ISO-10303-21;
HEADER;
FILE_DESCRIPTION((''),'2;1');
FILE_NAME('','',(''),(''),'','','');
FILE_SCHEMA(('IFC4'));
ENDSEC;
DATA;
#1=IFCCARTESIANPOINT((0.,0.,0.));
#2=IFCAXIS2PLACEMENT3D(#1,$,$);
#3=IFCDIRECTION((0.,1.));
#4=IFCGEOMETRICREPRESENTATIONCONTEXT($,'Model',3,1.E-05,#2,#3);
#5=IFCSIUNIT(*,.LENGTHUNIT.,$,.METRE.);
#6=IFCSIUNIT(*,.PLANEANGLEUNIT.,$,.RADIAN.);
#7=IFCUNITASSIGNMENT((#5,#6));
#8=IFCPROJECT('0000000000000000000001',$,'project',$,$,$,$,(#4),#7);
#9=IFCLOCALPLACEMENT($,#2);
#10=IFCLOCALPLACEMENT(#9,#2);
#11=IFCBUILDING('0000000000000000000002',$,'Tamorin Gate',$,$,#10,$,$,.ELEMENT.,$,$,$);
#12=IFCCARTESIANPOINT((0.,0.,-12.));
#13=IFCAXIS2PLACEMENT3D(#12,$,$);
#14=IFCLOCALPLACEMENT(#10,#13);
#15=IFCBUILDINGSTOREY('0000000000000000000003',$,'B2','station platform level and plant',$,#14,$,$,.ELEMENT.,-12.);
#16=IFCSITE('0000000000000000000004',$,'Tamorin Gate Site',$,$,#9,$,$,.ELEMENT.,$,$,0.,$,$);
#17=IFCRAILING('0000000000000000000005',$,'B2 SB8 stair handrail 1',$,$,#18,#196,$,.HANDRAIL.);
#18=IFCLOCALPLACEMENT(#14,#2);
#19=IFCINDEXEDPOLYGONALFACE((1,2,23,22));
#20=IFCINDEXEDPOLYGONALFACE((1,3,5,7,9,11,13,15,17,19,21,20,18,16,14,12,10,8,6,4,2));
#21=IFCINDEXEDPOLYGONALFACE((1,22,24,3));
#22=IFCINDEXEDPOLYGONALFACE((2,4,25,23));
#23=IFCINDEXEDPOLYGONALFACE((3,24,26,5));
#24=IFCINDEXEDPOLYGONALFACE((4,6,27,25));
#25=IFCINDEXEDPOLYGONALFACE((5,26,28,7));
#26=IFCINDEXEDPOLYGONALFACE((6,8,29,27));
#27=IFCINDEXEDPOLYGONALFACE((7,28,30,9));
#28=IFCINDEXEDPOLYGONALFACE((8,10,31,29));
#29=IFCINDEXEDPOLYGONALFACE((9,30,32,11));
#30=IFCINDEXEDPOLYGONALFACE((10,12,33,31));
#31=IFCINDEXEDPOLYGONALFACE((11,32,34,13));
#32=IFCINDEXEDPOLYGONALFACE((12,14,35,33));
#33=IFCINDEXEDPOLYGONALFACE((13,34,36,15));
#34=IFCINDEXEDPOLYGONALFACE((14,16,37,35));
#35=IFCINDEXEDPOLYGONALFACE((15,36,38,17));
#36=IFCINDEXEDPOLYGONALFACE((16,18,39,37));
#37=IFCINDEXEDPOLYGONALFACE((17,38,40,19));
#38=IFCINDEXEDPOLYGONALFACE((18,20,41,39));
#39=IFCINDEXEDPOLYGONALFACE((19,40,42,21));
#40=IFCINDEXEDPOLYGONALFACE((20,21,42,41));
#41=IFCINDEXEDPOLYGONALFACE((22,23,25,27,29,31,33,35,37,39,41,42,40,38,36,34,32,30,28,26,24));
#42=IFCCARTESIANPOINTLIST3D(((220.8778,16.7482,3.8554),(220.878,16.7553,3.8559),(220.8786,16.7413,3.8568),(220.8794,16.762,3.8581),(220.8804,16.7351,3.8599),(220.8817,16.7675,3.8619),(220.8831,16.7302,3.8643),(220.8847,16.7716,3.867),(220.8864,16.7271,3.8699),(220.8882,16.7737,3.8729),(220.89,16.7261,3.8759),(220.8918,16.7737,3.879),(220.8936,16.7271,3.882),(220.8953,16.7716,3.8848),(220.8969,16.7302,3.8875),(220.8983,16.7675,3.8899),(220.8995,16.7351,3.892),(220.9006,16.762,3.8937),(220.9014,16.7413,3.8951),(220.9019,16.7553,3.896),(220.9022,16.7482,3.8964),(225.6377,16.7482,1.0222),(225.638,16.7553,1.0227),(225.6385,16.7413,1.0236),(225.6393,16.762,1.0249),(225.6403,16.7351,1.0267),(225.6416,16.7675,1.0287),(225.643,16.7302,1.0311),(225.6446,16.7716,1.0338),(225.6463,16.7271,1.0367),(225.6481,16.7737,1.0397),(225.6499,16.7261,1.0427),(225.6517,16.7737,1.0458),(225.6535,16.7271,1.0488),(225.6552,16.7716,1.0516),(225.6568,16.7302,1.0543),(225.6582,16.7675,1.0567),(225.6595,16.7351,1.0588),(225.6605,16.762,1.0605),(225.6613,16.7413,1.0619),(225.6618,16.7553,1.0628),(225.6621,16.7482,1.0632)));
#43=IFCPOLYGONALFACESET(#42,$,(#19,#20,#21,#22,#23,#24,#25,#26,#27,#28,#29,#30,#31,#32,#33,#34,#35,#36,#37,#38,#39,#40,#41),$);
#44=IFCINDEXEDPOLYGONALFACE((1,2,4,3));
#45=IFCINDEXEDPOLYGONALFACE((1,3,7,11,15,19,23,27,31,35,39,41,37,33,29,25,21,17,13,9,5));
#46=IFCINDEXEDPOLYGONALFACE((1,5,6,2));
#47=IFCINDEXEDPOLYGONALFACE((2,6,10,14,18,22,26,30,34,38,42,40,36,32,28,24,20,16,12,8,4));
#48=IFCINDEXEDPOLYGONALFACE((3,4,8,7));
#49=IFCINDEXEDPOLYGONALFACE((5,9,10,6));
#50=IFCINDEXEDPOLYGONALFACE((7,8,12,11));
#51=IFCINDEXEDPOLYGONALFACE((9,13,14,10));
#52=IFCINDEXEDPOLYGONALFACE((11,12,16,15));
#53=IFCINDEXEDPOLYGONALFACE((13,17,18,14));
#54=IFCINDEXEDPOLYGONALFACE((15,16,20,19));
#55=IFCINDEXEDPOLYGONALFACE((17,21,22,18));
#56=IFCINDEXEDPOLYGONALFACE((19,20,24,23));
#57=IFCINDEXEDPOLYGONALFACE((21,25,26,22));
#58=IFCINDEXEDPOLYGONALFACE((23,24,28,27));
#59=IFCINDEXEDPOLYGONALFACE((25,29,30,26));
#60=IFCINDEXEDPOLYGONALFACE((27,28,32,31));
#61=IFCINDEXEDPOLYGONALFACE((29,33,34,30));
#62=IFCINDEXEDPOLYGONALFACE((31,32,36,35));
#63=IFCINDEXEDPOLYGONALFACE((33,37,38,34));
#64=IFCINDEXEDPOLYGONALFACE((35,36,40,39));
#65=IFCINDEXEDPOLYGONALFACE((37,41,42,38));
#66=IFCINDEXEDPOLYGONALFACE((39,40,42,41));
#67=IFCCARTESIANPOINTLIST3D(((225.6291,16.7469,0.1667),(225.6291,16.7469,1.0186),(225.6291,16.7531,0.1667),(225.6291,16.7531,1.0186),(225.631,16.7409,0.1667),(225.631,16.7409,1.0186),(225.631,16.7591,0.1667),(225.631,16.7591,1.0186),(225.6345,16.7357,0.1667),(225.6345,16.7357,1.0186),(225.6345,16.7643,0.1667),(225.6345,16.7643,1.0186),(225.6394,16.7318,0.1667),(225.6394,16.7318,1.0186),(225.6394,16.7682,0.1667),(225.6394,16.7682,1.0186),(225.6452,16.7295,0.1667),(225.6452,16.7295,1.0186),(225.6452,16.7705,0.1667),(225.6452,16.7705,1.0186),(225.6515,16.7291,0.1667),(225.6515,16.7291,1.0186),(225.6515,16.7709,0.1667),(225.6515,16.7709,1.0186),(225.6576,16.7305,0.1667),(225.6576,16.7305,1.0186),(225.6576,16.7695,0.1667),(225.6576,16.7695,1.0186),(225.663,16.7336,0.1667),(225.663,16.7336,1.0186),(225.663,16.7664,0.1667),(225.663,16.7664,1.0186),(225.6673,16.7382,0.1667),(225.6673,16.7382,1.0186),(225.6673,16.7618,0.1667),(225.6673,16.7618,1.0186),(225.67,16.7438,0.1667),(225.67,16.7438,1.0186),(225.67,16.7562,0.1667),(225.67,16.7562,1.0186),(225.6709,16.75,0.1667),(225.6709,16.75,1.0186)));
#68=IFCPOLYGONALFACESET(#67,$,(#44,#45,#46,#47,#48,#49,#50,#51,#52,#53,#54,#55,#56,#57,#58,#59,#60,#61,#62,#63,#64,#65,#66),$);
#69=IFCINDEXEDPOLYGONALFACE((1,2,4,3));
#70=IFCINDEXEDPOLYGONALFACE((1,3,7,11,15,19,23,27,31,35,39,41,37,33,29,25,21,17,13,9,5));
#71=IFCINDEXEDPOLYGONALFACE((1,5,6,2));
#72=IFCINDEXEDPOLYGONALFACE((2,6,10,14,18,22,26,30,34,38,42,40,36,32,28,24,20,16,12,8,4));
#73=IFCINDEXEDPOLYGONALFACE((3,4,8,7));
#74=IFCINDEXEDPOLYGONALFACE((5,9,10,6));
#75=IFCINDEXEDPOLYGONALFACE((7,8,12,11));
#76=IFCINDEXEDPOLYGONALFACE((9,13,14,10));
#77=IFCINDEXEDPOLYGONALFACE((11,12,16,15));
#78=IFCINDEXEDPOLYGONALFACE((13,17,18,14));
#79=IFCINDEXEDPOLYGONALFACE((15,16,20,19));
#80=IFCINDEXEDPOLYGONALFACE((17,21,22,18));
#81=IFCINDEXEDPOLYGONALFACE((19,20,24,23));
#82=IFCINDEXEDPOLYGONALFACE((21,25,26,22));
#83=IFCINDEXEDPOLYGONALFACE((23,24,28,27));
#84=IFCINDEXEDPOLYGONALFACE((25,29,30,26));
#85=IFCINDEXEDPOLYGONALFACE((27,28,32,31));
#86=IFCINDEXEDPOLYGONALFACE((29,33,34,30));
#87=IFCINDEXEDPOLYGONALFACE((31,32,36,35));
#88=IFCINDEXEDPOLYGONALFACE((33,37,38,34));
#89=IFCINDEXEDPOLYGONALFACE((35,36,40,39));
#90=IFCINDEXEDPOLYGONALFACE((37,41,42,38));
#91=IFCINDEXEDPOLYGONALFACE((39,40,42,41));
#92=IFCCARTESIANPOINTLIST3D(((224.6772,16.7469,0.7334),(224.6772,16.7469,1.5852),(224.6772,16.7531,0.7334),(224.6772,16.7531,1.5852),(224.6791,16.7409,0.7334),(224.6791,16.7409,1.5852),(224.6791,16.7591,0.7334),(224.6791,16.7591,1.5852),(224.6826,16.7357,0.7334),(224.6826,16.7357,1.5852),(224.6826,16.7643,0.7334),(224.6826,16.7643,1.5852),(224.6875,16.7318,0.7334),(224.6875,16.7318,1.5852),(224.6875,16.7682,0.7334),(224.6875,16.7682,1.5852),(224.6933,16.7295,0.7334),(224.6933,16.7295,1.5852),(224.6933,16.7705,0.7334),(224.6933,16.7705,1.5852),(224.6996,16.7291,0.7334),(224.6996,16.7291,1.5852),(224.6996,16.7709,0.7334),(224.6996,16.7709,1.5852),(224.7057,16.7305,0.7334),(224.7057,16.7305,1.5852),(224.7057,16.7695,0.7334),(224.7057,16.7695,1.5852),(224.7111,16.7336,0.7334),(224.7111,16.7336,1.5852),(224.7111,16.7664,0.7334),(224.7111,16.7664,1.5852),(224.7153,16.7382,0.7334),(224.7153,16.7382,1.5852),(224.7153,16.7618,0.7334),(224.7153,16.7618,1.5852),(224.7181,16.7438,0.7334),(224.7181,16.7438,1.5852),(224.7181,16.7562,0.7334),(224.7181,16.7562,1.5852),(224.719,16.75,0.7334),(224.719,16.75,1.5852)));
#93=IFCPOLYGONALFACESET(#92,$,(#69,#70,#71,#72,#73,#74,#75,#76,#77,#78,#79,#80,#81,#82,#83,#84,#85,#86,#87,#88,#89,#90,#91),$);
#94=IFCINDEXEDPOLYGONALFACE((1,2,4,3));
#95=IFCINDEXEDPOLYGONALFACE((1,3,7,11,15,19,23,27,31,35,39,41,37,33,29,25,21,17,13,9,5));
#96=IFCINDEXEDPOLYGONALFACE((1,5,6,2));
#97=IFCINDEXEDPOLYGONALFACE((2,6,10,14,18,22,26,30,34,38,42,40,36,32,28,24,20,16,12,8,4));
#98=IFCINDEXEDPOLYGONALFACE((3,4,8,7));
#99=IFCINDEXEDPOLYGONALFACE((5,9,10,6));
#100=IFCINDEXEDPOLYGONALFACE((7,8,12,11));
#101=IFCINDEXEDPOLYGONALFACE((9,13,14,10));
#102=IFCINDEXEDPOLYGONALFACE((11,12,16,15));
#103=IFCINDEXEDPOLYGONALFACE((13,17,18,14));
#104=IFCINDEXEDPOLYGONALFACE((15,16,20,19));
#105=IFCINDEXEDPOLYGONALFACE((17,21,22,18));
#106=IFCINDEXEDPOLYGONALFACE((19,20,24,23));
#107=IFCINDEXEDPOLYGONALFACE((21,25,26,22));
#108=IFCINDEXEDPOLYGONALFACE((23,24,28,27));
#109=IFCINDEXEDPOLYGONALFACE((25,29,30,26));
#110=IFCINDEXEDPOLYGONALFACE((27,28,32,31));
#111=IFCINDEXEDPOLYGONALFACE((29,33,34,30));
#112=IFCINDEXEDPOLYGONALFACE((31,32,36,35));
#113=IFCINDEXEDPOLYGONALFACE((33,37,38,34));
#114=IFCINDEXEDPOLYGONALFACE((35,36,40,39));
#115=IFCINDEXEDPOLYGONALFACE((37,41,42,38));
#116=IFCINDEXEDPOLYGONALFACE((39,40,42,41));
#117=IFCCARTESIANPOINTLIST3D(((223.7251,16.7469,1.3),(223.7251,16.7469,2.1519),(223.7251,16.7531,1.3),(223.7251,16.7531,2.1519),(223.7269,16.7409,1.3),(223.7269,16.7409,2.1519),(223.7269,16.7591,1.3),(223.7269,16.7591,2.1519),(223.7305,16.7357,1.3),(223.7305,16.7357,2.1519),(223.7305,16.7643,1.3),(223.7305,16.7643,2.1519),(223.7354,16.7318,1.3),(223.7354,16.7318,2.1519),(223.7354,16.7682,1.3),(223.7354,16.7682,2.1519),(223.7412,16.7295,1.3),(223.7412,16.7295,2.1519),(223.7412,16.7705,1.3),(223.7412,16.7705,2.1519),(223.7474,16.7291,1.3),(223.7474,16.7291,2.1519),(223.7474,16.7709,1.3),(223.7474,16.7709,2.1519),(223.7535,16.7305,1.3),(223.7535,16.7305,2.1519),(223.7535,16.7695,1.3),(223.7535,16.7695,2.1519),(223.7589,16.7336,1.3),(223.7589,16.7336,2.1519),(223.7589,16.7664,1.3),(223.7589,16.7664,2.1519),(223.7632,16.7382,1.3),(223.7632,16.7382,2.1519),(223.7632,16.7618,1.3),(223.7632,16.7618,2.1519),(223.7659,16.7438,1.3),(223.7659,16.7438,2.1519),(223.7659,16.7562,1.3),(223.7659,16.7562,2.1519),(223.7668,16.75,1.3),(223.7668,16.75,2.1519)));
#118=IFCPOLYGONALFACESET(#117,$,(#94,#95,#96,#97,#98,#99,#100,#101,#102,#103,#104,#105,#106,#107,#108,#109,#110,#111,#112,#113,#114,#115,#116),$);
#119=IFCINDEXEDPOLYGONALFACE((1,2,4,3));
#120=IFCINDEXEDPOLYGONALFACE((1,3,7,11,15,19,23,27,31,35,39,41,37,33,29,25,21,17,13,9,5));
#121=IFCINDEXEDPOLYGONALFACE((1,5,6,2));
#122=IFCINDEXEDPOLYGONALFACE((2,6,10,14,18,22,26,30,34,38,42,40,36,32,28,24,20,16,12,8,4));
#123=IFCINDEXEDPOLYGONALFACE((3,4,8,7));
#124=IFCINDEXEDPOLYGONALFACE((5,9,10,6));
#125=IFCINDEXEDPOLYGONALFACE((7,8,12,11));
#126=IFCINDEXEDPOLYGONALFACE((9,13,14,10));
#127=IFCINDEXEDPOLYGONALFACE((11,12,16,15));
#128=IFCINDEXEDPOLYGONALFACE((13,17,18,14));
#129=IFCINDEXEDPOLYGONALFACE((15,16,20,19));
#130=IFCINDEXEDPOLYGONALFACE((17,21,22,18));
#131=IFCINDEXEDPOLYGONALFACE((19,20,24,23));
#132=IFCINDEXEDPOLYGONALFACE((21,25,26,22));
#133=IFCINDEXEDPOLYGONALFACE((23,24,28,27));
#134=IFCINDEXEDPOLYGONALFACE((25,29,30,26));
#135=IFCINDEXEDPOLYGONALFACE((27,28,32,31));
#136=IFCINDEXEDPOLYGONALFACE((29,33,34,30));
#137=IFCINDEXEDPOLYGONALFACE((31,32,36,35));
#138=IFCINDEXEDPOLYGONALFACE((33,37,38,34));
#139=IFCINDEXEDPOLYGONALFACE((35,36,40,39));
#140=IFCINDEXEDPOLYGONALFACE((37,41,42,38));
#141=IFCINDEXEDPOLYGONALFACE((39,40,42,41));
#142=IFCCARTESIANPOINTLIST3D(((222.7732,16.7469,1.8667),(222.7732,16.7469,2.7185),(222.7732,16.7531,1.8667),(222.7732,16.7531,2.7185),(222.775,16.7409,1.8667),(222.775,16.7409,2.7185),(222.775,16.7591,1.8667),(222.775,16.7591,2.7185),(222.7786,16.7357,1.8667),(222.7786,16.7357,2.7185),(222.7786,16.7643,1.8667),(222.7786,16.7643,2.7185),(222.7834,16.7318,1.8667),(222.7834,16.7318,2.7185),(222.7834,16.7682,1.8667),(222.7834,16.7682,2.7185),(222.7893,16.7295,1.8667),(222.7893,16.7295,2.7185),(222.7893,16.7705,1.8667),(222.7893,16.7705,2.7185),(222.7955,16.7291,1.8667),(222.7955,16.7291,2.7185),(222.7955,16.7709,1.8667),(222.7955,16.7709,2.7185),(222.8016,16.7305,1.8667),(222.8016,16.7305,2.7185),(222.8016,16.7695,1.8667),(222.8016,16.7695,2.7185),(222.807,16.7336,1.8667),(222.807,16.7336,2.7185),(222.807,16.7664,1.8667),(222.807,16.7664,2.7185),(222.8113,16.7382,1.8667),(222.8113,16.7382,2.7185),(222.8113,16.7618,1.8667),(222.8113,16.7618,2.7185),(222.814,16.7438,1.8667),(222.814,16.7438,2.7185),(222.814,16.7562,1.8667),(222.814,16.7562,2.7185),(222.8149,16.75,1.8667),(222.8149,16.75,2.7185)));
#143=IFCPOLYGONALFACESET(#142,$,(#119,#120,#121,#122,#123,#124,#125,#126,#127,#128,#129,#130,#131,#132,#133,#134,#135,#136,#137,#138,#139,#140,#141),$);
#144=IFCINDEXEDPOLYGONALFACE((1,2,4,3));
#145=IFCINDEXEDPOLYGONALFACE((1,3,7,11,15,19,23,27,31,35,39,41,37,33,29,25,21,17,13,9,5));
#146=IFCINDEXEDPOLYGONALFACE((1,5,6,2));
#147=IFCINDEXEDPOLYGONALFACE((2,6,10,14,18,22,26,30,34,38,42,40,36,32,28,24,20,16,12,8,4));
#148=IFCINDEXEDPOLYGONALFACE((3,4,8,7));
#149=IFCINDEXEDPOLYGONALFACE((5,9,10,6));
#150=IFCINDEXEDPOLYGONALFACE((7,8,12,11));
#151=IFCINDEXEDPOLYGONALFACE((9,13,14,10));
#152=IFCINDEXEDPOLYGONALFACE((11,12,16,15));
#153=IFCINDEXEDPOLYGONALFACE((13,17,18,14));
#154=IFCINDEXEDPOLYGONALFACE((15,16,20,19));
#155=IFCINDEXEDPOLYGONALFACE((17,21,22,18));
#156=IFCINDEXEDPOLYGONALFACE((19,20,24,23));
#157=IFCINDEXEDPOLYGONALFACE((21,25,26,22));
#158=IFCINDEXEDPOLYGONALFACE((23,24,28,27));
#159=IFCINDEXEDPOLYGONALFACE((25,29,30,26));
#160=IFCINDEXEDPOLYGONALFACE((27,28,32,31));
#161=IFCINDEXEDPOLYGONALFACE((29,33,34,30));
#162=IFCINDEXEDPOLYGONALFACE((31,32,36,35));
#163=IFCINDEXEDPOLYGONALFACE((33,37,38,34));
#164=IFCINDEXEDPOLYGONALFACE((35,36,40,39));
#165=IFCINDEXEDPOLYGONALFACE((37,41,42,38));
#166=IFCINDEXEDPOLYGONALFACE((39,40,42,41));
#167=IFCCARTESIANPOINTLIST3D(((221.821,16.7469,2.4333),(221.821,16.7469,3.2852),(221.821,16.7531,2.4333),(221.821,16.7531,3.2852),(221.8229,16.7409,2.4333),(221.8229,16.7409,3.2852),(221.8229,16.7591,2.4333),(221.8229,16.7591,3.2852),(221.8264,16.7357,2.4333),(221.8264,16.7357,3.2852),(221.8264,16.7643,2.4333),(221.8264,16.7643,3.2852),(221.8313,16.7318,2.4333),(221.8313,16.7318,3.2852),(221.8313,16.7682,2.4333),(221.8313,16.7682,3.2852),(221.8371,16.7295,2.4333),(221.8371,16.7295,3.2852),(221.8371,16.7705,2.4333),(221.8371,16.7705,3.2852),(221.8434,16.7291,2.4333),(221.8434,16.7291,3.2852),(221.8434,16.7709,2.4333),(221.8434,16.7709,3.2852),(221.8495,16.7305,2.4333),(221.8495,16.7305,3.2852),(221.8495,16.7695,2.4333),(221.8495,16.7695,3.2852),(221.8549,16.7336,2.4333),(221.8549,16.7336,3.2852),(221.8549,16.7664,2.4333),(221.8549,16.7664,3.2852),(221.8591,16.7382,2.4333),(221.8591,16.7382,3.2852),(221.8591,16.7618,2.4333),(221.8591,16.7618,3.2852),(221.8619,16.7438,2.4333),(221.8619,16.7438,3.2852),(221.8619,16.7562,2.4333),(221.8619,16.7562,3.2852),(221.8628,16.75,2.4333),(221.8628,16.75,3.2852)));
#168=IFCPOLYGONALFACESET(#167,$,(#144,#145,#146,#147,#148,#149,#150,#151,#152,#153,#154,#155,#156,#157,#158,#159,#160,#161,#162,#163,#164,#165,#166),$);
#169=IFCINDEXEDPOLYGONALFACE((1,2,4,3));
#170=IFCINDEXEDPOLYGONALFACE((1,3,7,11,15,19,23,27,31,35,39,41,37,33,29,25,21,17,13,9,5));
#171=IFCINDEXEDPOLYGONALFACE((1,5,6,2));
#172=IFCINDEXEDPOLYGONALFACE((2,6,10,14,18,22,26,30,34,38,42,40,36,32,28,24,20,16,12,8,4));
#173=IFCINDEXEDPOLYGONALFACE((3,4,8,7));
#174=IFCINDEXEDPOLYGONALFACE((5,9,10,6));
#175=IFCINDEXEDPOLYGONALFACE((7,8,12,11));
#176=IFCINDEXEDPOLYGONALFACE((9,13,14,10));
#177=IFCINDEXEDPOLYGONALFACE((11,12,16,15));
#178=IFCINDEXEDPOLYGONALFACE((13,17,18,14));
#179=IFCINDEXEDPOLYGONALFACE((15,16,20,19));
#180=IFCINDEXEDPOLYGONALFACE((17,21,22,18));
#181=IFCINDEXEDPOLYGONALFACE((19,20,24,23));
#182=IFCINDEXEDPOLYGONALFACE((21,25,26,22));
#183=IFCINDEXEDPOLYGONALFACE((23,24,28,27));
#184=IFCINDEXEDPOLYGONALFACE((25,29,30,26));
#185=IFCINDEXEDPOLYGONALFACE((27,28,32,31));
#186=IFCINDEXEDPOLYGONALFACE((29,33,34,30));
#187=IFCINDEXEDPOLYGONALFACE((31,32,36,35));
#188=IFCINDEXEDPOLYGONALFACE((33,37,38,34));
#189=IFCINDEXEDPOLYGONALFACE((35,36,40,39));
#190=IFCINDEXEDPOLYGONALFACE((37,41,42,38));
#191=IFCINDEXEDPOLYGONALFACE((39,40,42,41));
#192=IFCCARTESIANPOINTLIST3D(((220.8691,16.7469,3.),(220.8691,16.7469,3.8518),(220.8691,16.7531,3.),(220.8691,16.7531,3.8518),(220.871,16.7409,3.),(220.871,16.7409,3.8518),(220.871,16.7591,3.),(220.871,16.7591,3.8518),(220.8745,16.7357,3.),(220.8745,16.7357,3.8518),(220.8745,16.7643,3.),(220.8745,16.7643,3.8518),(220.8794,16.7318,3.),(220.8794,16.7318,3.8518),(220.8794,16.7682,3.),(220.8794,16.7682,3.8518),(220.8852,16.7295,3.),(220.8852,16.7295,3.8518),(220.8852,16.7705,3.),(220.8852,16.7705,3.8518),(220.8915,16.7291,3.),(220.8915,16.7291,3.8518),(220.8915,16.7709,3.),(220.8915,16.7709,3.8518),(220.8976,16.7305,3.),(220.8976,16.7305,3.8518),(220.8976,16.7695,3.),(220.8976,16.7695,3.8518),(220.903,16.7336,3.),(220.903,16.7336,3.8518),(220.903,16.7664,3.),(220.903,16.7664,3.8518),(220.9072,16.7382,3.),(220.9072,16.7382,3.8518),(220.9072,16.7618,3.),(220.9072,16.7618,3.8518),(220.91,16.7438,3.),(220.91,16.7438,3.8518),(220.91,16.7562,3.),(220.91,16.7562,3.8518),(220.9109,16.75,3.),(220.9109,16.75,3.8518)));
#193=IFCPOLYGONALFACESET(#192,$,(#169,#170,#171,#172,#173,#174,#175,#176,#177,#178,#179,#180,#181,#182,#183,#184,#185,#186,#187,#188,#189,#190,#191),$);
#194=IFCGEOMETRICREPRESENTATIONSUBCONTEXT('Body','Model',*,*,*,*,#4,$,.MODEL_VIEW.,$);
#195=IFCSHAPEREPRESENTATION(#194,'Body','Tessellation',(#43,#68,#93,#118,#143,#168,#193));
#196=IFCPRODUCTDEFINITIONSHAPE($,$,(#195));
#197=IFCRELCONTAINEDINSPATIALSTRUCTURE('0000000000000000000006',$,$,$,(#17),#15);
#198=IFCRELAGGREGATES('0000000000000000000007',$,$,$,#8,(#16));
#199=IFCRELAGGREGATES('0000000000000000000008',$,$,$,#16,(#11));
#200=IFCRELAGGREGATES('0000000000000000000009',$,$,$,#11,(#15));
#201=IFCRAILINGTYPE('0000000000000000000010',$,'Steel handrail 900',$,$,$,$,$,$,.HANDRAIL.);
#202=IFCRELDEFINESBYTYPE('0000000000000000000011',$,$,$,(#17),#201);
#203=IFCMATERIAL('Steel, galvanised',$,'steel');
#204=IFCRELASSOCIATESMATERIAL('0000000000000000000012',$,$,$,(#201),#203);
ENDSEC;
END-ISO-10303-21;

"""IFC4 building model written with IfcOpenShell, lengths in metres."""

from ifc_helpers import new_model, si_unit, direction, frame, origin, origin_2d, place, context, subcontext, project, spatial, circle, extrude, material, type_object, element, save


model = new_model("IFC4")

# Units and contexts
model_context = context("Model", 3, precision=1e-05, world=origin(), true_north=direction((0.0, 1.0)))
body_context = subcontext(model_context, "Body", "Model", "MODEL_VIEW")
ifc_project = project(units=[si_unit("LENGTHUNIT", "METRE"), si_unit("PLANEANGLEUNIT", "RADIAN")], contexts=[model_context])

# Site, building, storey
site_placement = place(None, origin())
site = spatial("IfcSite", under=ifc_project, at=site_placement, Name="Tamorin Gate Site", CompositionType="ELEMENT", RefElevation=0.0)
building_placement = place(site_placement, origin())
building = spatial("IfcBuilding", under=site, at=building_placement, Name="Tamorin Gate", CompositionType="ELEMENT")
storey_placement = place(building_placement, frame((0.0, 0.0, -12.0)))
storey = spatial("IfcBuildingStorey", under=building, at=storey_placement, Name="B2", Description="station platform level and plant", CompositionType="ELEMENT", Elevation=-12.0)

# Railing
ifc_material_1 = material(Name="Steel, galvanised", Category="steel")
railing_type_1 = type_object("IfcRailingType", Name="Steel handrail 900", PredefinedType="HANDRAIL", material=ifc_material_1)
railing_1_placement = place(storey_placement, frame((225.6499, 16.75, 0.1667)))
element("IfcRailing", 1, at=railing_1_placement, inside=storey, type_object=railing_type_1, Name="B2 SB8 stair handrail 1", PredefinedType="HANDRAIL", context=body_context, shape_type="SweptSolid", body=[
    extrude(circle(Radius=0.0239, at=origin_2d()), frame((0.0, 0.0, 0.876), z_axis=(-0.8593, 0.0, 0.511472), x_axis=(0.0, -1.0, 0.0)), (0.0, 0.0, 1.0), 5.5393),
    extrude(circle(Radius=0.021, at=origin_2d()), origin(), (0.0, 0.0, 1.0), 0.8518),
    extrude(circle(Radius=0.021, at=origin_2d()), frame((-0.9519, 0.0, 0.5667)), (0.0, 0.0, 1.0), 0.8518),
    extrude(circle(Radius=0.021, at=origin_2d()), frame((-1.9041, 0.0, 1.1333)), (0.0, 0.0, 1.0), 0.8518),
    extrude(circle(Radius=0.021, at=origin_2d()), frame((-2.856, 0.0, 1.7)), (0.0, 0.0, 1.0), 0.8518),
    extrude(circle(Radius=0.021, at=origin_2d()), frame((-3.8081, 0.0, 2.2666)), (0.0, 0.0, 1.0), 0.8518),
    extrude(circle(Radius=0.021, at=origin_2d()), frame((-4.76, 0.0, 2.8333)), (0.0, 0.0, 1.0), 0.8518),
])

save(model, "model.ifc")
